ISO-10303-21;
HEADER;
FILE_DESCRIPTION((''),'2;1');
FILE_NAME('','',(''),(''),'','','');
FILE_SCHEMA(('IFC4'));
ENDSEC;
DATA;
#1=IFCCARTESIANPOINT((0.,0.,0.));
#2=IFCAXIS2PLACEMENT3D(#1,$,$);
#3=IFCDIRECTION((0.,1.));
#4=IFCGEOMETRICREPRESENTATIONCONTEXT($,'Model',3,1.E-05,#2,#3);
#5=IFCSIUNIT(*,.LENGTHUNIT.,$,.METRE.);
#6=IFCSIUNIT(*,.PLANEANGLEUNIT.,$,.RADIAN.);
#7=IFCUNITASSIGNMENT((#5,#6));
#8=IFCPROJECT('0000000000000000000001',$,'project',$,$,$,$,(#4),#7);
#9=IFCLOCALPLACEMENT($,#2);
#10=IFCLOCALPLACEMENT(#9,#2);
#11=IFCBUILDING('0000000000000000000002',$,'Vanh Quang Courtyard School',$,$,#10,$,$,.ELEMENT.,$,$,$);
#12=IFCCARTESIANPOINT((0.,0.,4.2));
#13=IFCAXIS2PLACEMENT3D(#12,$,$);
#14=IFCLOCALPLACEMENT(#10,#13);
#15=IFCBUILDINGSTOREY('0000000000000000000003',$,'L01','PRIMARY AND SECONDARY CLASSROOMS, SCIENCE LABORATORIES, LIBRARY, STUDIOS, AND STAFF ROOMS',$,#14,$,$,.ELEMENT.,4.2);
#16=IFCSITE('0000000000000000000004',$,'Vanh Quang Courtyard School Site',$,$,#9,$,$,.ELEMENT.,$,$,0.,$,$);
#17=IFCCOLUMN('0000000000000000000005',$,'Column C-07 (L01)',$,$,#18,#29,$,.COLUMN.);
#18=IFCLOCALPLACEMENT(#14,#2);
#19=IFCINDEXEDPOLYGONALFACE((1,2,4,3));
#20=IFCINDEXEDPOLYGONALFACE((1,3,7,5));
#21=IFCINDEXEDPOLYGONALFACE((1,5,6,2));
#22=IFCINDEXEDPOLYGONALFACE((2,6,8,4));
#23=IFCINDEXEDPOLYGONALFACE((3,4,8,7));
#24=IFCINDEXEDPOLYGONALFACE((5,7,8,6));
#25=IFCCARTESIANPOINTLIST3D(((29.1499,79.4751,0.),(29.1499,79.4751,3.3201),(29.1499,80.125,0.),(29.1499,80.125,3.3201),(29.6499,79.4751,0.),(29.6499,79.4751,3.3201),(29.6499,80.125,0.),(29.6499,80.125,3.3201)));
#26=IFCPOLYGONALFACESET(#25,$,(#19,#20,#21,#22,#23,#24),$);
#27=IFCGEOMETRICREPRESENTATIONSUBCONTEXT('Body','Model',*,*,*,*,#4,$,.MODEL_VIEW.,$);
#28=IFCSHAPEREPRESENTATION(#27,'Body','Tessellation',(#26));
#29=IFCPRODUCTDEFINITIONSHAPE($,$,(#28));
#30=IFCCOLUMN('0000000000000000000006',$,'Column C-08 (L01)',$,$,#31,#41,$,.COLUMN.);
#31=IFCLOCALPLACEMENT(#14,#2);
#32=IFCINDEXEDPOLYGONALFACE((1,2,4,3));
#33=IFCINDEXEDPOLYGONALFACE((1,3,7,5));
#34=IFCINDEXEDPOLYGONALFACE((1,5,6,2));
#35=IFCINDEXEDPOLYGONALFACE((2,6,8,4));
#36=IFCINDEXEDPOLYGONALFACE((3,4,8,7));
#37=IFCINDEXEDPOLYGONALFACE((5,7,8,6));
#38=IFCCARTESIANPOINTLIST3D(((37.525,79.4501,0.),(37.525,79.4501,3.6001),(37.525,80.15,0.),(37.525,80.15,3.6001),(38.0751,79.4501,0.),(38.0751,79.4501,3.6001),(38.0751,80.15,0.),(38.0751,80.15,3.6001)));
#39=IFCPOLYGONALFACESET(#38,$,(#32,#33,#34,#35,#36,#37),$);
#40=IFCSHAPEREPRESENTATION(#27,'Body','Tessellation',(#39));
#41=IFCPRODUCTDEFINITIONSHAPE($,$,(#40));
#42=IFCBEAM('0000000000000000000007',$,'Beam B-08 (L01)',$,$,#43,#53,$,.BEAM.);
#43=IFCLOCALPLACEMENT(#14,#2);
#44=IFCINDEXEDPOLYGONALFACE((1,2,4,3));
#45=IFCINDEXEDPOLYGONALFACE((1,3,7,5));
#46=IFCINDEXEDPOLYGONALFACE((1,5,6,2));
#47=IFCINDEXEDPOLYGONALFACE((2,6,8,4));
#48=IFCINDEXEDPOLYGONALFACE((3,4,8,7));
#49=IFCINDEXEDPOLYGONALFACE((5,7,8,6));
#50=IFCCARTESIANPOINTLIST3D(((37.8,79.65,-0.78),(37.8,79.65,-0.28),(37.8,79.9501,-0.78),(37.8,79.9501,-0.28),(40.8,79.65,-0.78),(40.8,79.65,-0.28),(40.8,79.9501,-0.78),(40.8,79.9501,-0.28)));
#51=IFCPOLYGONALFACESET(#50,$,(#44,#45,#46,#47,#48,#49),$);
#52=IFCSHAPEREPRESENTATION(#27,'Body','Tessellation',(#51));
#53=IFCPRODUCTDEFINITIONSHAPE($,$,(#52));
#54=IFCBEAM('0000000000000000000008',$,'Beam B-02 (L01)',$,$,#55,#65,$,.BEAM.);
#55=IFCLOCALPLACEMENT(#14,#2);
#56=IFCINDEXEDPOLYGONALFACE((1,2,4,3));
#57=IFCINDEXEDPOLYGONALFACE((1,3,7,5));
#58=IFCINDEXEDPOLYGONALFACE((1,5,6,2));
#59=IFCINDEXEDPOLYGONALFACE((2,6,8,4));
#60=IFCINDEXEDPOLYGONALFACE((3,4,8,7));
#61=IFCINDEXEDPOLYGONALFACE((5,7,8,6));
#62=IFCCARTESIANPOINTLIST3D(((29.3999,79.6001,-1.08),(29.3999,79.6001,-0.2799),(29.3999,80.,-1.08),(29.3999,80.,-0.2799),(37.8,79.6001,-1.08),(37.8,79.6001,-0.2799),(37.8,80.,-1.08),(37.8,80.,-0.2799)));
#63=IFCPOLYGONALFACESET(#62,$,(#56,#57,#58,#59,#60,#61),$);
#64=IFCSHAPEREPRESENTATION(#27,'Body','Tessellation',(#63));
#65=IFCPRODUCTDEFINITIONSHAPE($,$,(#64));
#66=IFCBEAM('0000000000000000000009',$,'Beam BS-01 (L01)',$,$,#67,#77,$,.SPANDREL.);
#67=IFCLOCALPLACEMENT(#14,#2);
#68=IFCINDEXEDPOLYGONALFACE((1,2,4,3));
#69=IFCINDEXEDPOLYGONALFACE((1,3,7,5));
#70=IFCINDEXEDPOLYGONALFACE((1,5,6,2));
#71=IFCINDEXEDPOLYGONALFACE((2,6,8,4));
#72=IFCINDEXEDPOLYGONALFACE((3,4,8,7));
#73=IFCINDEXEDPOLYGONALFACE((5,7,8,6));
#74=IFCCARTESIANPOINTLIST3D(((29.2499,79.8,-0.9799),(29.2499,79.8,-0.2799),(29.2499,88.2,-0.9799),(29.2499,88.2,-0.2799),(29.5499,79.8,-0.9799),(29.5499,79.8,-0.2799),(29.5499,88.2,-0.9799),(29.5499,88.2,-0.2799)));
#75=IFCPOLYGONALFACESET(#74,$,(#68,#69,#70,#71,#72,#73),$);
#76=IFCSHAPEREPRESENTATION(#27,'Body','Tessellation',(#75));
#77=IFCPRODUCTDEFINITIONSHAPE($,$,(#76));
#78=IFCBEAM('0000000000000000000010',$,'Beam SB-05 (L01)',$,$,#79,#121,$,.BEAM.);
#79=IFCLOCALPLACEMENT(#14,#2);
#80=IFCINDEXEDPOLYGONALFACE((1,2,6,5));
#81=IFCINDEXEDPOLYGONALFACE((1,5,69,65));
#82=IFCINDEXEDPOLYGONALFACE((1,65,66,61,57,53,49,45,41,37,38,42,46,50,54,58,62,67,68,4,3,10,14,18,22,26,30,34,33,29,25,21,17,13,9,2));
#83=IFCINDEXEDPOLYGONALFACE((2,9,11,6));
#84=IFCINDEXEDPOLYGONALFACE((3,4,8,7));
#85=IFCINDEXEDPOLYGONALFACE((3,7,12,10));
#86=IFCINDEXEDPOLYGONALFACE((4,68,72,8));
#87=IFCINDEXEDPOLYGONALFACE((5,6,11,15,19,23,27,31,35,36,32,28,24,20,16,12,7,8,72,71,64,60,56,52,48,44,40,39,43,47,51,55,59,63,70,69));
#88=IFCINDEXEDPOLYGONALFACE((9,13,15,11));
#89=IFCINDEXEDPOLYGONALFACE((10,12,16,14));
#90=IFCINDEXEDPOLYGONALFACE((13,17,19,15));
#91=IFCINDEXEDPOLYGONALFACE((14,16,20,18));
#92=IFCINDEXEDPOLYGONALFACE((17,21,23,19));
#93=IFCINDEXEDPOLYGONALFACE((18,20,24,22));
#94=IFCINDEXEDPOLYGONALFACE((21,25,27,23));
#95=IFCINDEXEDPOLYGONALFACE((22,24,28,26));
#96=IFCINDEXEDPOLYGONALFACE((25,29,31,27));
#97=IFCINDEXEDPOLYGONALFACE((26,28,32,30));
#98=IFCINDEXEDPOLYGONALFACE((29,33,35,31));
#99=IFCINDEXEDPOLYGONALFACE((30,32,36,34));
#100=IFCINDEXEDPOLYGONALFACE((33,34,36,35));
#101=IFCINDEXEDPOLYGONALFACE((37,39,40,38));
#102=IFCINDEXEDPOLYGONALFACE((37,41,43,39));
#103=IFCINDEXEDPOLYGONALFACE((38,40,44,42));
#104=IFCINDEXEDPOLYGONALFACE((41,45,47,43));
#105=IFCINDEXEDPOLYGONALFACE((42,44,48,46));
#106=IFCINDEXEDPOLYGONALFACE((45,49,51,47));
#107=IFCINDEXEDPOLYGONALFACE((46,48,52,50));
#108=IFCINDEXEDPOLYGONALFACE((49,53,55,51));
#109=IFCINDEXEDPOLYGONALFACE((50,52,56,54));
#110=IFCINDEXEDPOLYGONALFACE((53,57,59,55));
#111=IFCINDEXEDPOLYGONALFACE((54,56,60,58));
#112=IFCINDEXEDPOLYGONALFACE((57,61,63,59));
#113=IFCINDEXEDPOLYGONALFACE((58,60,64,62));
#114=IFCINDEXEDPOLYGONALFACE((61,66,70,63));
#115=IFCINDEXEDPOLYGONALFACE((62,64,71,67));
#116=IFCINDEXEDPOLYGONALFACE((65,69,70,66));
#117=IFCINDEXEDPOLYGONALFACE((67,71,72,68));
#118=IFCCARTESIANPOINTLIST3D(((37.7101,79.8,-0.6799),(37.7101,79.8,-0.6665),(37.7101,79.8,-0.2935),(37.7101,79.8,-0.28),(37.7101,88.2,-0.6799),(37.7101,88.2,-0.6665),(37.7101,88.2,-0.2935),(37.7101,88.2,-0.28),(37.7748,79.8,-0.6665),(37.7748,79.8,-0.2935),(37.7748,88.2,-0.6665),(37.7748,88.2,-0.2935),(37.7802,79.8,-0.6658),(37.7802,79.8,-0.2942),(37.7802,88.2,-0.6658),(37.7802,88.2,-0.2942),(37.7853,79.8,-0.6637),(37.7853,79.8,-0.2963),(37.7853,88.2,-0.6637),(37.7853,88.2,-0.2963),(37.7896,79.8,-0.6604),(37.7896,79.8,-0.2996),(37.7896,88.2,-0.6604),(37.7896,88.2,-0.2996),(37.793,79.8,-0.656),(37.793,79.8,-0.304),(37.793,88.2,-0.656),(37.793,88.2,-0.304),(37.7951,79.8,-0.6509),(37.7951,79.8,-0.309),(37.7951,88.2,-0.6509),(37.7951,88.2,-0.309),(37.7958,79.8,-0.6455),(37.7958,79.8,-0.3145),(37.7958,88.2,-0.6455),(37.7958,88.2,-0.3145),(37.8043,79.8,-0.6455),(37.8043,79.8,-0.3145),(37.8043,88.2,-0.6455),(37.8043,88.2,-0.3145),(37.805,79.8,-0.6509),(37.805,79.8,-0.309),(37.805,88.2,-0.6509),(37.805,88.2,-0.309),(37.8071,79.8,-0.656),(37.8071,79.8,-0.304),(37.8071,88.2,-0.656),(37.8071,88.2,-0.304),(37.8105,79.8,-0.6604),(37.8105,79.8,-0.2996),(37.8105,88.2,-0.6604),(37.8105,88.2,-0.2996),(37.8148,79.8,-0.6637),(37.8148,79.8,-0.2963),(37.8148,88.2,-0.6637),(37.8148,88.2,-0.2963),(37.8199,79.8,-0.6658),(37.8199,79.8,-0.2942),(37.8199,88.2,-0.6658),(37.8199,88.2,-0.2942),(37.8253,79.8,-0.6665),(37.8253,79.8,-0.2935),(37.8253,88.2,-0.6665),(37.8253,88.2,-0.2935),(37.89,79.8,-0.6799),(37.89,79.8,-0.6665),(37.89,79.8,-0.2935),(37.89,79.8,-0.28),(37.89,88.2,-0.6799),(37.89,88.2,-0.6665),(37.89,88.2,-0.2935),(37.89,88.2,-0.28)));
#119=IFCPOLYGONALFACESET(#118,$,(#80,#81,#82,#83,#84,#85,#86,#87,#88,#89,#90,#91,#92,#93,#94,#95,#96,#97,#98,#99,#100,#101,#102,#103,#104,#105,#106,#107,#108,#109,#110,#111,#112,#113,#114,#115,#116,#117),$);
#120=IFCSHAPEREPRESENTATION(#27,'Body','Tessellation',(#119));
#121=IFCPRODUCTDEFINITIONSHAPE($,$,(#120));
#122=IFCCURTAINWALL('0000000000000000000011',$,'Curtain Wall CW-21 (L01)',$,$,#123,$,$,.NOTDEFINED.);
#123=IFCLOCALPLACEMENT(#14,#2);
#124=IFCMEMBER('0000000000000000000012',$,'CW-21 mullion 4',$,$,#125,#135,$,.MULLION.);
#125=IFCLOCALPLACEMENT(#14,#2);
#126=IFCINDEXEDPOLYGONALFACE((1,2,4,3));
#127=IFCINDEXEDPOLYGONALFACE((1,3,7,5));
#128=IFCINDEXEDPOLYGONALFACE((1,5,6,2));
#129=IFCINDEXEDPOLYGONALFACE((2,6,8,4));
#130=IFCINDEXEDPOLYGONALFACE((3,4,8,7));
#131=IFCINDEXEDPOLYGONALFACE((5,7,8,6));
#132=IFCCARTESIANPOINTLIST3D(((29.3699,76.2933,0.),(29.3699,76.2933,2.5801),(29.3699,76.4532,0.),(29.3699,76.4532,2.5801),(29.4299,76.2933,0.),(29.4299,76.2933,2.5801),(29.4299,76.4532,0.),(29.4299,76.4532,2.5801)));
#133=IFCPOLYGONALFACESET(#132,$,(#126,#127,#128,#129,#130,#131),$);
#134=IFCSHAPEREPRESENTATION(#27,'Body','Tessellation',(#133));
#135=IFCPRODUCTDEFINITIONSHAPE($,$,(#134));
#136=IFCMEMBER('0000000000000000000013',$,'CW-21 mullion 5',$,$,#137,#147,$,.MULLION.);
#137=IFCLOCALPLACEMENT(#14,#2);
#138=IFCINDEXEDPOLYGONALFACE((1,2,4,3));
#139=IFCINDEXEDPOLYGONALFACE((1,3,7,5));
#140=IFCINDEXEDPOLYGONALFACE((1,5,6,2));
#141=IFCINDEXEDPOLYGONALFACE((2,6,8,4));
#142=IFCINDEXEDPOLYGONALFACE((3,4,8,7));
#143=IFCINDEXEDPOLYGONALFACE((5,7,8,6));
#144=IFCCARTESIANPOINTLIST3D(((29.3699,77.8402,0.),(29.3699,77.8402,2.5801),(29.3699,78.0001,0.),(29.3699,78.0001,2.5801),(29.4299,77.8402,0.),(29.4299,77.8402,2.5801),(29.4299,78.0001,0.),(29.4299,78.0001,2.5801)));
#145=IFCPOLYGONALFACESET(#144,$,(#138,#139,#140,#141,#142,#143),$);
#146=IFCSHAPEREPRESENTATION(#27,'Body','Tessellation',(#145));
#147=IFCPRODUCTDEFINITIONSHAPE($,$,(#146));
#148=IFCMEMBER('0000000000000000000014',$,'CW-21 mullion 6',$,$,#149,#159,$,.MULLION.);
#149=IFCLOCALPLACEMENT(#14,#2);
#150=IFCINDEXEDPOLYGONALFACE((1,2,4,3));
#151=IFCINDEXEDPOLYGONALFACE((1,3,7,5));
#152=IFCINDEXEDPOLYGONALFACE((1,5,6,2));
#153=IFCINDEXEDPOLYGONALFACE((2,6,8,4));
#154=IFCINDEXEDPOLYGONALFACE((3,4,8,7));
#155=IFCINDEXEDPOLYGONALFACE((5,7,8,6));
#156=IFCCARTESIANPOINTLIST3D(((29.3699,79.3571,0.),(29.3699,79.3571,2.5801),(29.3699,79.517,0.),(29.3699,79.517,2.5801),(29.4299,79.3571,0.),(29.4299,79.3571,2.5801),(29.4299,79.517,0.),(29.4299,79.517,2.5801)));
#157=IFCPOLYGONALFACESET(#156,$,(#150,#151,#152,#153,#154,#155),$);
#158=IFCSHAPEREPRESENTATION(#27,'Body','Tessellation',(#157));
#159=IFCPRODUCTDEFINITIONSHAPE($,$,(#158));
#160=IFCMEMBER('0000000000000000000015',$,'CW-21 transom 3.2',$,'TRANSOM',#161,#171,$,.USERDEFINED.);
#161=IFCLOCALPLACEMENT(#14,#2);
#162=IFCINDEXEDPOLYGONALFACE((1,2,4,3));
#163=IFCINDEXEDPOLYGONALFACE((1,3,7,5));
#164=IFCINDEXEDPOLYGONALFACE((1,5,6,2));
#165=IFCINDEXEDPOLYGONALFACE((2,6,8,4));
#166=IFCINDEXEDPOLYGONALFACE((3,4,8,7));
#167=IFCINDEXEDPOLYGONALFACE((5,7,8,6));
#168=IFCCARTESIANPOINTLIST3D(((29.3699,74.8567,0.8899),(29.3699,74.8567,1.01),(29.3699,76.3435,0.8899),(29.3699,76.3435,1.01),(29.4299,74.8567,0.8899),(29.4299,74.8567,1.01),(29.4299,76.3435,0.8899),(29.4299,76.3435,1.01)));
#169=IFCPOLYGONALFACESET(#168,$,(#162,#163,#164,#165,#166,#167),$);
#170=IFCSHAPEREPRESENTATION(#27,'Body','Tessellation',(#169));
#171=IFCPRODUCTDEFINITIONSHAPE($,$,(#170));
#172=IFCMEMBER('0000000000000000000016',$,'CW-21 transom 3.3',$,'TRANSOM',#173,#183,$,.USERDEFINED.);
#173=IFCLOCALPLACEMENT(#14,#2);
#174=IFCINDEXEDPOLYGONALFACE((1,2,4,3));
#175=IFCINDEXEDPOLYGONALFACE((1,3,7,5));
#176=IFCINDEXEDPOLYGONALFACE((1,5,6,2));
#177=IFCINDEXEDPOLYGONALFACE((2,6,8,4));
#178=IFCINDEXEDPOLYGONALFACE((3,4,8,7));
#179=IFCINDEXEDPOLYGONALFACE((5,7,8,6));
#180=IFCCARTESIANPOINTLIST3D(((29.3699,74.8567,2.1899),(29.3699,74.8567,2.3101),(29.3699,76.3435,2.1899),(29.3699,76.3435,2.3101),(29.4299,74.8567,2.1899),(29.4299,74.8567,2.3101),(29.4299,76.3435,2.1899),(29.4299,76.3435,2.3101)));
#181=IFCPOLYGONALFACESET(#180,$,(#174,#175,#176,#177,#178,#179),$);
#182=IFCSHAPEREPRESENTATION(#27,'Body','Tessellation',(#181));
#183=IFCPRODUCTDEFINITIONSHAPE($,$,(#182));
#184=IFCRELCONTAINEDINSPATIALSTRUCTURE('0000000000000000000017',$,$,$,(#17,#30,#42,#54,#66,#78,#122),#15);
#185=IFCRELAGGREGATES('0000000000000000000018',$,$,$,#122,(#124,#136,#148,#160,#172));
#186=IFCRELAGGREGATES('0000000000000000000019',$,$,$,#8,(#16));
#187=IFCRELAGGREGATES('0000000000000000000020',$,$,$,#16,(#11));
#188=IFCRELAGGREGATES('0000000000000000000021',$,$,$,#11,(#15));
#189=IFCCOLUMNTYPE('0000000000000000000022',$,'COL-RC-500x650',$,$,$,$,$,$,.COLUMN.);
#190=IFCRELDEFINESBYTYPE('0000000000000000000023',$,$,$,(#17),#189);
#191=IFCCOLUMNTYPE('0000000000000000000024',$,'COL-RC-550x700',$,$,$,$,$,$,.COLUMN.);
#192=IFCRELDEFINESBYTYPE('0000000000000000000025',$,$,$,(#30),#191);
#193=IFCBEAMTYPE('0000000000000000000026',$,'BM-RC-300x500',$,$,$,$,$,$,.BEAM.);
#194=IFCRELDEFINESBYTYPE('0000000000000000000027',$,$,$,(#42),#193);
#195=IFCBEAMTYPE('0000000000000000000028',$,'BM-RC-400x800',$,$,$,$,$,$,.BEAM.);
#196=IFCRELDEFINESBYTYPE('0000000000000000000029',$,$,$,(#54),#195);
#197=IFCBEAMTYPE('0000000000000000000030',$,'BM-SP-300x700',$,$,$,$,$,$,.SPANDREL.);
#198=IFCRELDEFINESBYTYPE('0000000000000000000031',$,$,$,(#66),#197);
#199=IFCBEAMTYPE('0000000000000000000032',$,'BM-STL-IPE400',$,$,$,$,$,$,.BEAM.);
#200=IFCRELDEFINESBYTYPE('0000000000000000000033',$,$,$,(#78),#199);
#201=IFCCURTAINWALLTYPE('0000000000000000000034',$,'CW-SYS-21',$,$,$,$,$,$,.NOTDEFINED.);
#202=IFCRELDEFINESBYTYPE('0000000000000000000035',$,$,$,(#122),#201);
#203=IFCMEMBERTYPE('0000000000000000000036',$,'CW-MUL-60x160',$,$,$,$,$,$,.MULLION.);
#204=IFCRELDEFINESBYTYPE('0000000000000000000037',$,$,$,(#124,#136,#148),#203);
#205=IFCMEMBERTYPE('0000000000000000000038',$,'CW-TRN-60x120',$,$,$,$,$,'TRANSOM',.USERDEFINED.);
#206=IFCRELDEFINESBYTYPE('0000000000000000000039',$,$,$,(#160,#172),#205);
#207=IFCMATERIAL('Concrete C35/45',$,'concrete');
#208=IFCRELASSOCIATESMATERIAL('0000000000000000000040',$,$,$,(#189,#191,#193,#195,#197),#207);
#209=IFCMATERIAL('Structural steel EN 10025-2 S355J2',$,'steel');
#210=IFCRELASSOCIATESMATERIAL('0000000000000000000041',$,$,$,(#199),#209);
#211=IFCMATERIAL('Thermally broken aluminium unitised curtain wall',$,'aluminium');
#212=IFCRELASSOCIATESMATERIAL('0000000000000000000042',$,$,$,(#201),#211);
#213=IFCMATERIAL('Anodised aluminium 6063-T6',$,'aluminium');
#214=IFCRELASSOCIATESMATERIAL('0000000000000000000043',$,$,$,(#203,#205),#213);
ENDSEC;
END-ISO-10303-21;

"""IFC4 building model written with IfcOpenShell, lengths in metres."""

from ifc_helpers import new_model, si_unit, direction, frame, origin, origin_2d, place, context, subcontext, project, spatial, rectangle, i_section, extrude, material, material_profile, profile_set, type_object, element, aggregate, save


model = new_model("IFC4")

# Units and contexts
model_context = context("Model", 3, precision=1e-05, world=origin(), true_north=direction((0.0, 1.0)))
body_context = subcontext(model_context, "Body", "Model", "MODEL_VIEW")
ifc_project = project(units=[si_unit("LENGTHUNIT", "METRE"), si_unit("PLANEANGLEUNIT", "RADIAN")], contexts=[model_context])

# Site, building, storey
site_placement = place(None, origin())
site = spatial("IfcSite", under=ifc_project, at=site_placement, Name="Vanh Quang Courtyard School Site", CompositionType="ELEMENT", RefElevation=0.0)
building_placement = place(site_placement, origin())
building = spatial("IfcBuilding", under=site, at=building_placement, Name="Vanh Quang Courtyard School", CompositionType="ELEMENT")
storey_placement = place(building_placement, frame((0.0, 0.0, 4.2)))
storey = spatial("IfcBuildingStorey", under=building, at=storey_placement, Name="L01", Description="PRIMARY AND SECONDARY CLASSROOMS, SCIENCE LABORATORIES, LIBRARY, STUDIOS, AND STAFF ROOMS", CompositionType="ELEMENT", Elevation=4.2)

# Columns
ifc_material_1 = material(Name="Concrete C35/45", Category="concrete")
ifc_material_profile_1 = material_profile(ifc_material_1, rectangle(XDim=0.5, YDim=0.6499, at=origin_2d()), Name="RC-COL 500x650")
ifc_profile_set_1 = profile_set([ifc_material_profile_1], Name="Concrete C35/45")
column_type_1 = type_object("IfcColumnType", Name="COL-RC-500x650", PredefinedType="COLUMN", material=ifc_profile_set_1)
column_1_placement = place(storey_placement, frame((29.3999, 79.8, 0.0), z_axis=(0.0, 0.0, 1.0), x_axis=(1.0, 0.0, 0.0)))
element("IfcColumn", 1, at=column_1_placement, inside=storey, type_object=column_type_1, Name="Column C-07 (L01)", PredefinedType="COLUMN", context=body_context, shape_type="SweptSolid", body=[
    extrude(rectangle(XDim=0.5, YDim=0.6499, at=origin_2d()), origin(), (0.0, 0.0, 1.0), 3.3201),
])
ifc_material_profile_2 = material_profile(ifc_material_1, rectangle(XDim=0.55, YDim=0.7, at=origin_2d()), Name="RC-COL 550x700")
ifc_profile_set_2 = profile_set([ifc_material_profile_2], Name="Concrete C35/45")
column_type_2 = type_object("IfcColumnType", Name="COL-RC-550x700", PredefinedType="COLUMN", material=ifc_profile_set_2)
column_2_placement = place(storey_placement, frame((37.8, 79.8, 0.0), z_axis=(0.0, 0.0, 1.0), x_axis=(1.0, 0.0, 0.0)))
element("IfcColumn", 2, at=column_2_placement, inside=storey, type_object=column_type_2, Name="Column C-08 (L01)", PredefinedType="COLUMN", context=body_context, shape_type="SweptSolid", body=[
    extrude(rectangle(XDim=0.55, YDim=0.7, at=origin_2d()), origin(), (0.0, 0.0, 1.0), 3.6001),
])

# Beams
ifc_material_profile_3 = material_profile(ifc_material_1, rectangle(XDim=0.3, YDim=0.5, at=origin_2d()), Name="RC-BM 300x500")
ifc_profile_set_3 = profile_set([ifc_material_profile_3], Name="Concrete C35/45")
beam_type_1 = type_object("IfcBeamType", Name="BM-RC-300x500", PredefinedType="BEAM", material=ifc_profile_set_3)
beam_1_placement = place(storey_placement, frame((37.8, 79.8, -0.53), z_axis=(1.0, 0.0, 0.0), x_axis=(0.0, 1.0, 0.0)))
element("IfcBeam", 3, at=beam_1_placement, inside=storey, type_object=beam_type_1, Name="Beam B-08 (L01)", PredefinedType="BEAM", context=body_context, shape_type="SweptSolid", body=[
    extrude(rectangle(XDim=0.3, YDim=0.5, at=origin_2d()), origin(), (0.0, 0.0, 1.0), 3.0),
])
ifc_material_profile_4 = material_profile(ifc_material_1, rectangle(XDim=0.3999, YDim=0.8, at=origin_2d()), Name="RC-BM 400x800")
ifc_profile_set_4 = profile_set([ifc_material_profile_4], Name="Concrete C35/45")
beam_type_2 = type_object("IfcBeamType", Name="BM-RC-400x800", PredefinedType="BEAM", material=ifc_profile_set_4)
beam_2_placement = place(storey_placement, frame((29.3999, 79.8, -0.6799), z_axis=(1.0, 0.0, 0.0), x_axis=(0.0, 1.0, 0.0)))
element("IfcBeam", 4, at=beam_2_placement, inside=storey, type_object=beam_type_2, Name="Beam B-02 (L01)", PredefinedType="BEAM", context=body_context, shape_type="SweptSolid", body=[
    extrude(rectangle(XDim=0.3999, YDim=0.8, at=origin_2d()), origin(), (0.0, 0.0, 1.0), 8.4001),
])
ifc_material_profile_5 = material_profile(ifc_material_1, rectangle(XDim=0.3, YDim=0.7, at=origin_2d()), Name="RC-SP 300x700")
ifc_profile_set_5 = profile_set([ifc_material_profile_5], Name="Concrete C35/45")
beam_type_3 = type_object("IfcBeamType", Name="BM-SP-300x700", PredefinedType="SPANDREL", material=ifc_profile_set_5)
beam_3_placement = place(storey_placement, frame((29.3999, 79.8, -0.6299), z_axis=(0.0, 1.0, 0.0), x_axis=(-1.0, 0.0, 0.0)))
element("IfcBeam", 5, at=beam_3_placement, inside=storey, type_object=beam_type_3, Name="Beam BS-01 (L01)", PredefinedType="SPANDREL", context=body_context, shape_type="SweptSolid", body=[
    extrude(rectangle(XDim=0.3, YDim=0.7, at=origin_2d()), origin(), (0.0, 0.0, 1.0), 8.3999),
])
ifc_material_2 = material(Name="Structural steel EN 10025-2 S355J2", Category="steel")
ifc_material_profile_6 = material_profile(ifc_material_2, i_section(OverallWidth=0.1799, OverallDepth=0.3999, WebThickness=0.0085, FlangeThickness=0.0134, FilletRadius=0.021, at=origin_2d()), Name="IPE 400")
ifc_profile_set_6 = profile_set([ifc_material_profile_6], Name="Structural steel EN 10025-2 S355J2")
beam_type_4 = type_object("IfcBeamType", Name="BM-STL-IPE400", PredefinedType="BEAM", material=ifc_profile_set_6)
beam_4_placement = place(storey_placement, frame((37.8, 79.8, -0.48), z_axis=(0.0, 1.0, 0.0), x_axis=(-1.0, 0.0, 0.0)))
element("IfcBeam", 6, at=beam_4_placement, inside=storey, type_object=beam_type_4, Name="Beam SB-05 (L01)", PredefinedType="BEAM", context=body_context, shape_type="SweptSolid", body=[
    extrude(i_section(OverallWidth=0.1799, OverallDepth=0.3999, WebThickness=0.0085, FlangeThickness=0.0134, FilletRadius=0.021, at=origin_2d()), origin(), (0.0, 0.0, 1.0), 8.3999),
])

# Curtain wall, members
ifc_material_3 = material(Name="Thermally broken aluminium unitised curtain wall", Category="aluminium")
curtain_wall_type = type_object("IfcCurtainWallType", Name="CW-SYS-21", PredefinedType="NOTDEFINED", material=ifc_material_3)
curtain_wall_placement = place(storey_placement, origin())
curtain_wall = element("IfcCurtainWall", 7, at=curtain_wall_placement, inside=storey, type_object=curtain_wall_type, Name="Curtain Wall CW-21 (L01)", PredefinedType="NOTDEFINED")
ifc_material_4 = material(Name="Anodised aluminium 6063-T6", Category="aluminium")
ifc_material_profile_7 = material_profile(ifc_material_4, rectangle(XDim=0.0601, YDim=0.1599, at=origin_2d()), Name="ALU-MUL 60x160")
ifc_profile_set_7 = profile_set([ifc_material_profile_7], Name="Anodised aluminium 6063-T6")
member_type_1 = type_object("IfcMemberType", Name="CW-MUL-60x160", PredefinedType="MULLION", material=ifc_profile_set_7)
member_1_placement = place(storey_placement, frame((29.3999, 76.3733, 0.0), z_axis=(0.0, 0.0, 1.0), x_axis=(-1.0, 0.0, 0.0)))
member_1 = element("IfcMember", 8, at=member_1_placement, type_object=member_type_1, Name="CW-21 mullion 4", PredefinedType="MULLION", context=body_context, shape_type="SweptSolid", body=[
    extrude(rectangle(XDim=0.0601, YDim=0.1599, at=origin_2d()), origin(), (0.0, 0.0, 1.0), 2.5801),
])
member_2_placement = place(storey_placement, frame((29.3999, 77.9202, 0.0), z_axis=(0.0, 0.0, 1.0), x_axis=(-1.0, 0.0, 0.0)))
member_2 = element("IfcMember", 9, at=member_2_placement, type_object=member_type_1, Name="CW-21 mullion 5", PredefinedType="MULLION", context=body_context, shape_type="SweptSolid", body=[
    extrude(rectangle(XDim=0.0601, YDim=0.1599, at=origin_2d()), origin(), (0.0, 0.0, 1.0), 2.5801),
])
member_3_placement = place(storey_placement, frame((29.3999, 79.437, 0.0), z_axis=(0.0, 0.0, 1.0), x_axis=(-1.0, 0.0, 0.0)))
member_3 = element("IfcMember", 10, at=member_3_placement, type_object=member_type_1, Name="CW-21 mullion 6", PredefinedType="MULLION", context=body_context, shape_type="SweptSolid", body=[
    extrude(rectangle(XDim=0.0601, YDim=0.1599, at=origin_2d()), origin(), (0.0, 0.0, 1.0), 2.5801),
])
ifc_material_profile_8 = material_profile(ifc_material_4, rectangle(XDim=0.0601, YDim=0.1201, at=origin_2d()), Name="ALU-TRN 60x120")
ifc_profile_set_8 = profile_set([ifc_material_profile_8], Name="Anodised aluminium 6063-T6")
member_type_2 = type_object("IfcMemberType", Name="CW-TRN-60x120", ElementType="TRANSOM", PredefinedType="USERDEFINED", material=ifc_profile_set_8)
member_4_placement = place(storey_placement, frame((29.3999, 74.8567, 0.95), z_axis=(0.0, 1.0, 0.0), x_axis=(-1.0, 0.0, 0.0)))
member_4 = element("IfcMember", 11, at=member_4_placement, type_object=member_type_2, Name="CW-21 transom 3.2", ObjectType="TRANSOM", PredefinedType="USERDEFINED", context=body_context, shape_type="SweptSolid", body=[
    extrude(rectangle(XDim=0.0601, YDim=0.1201, at=origin_2d()), origin(), (0.0, 0.0, 1.0), 1.4868),
])
member_5_placement = place(storey_placement, frame((29.3999, 74.8567, 2.25), z_axis=(0.0, 1.0, 0.0), x_axis=(-1.0, 0.0, 0.0)))
member_5 = element("IfcMember", 12, at=member_5_placement, type_object=member_type_2, Name="CW-21 transom 3.3", ObjectType="TRANSOM", PredefinedType="USERDEFINED", context=body_context, shape_type="SweptSolid", body=[
    extrude(rectangle(XDim=0.0601, YDim=0.1201, at=origin_2d()), origin(), (0.0, 0.0, 1.0), 1.4868),
])

aggregate(curtain_wall, [member_1, member_2, member_3, member_4, member_5])

save(model, "model.ifc")
